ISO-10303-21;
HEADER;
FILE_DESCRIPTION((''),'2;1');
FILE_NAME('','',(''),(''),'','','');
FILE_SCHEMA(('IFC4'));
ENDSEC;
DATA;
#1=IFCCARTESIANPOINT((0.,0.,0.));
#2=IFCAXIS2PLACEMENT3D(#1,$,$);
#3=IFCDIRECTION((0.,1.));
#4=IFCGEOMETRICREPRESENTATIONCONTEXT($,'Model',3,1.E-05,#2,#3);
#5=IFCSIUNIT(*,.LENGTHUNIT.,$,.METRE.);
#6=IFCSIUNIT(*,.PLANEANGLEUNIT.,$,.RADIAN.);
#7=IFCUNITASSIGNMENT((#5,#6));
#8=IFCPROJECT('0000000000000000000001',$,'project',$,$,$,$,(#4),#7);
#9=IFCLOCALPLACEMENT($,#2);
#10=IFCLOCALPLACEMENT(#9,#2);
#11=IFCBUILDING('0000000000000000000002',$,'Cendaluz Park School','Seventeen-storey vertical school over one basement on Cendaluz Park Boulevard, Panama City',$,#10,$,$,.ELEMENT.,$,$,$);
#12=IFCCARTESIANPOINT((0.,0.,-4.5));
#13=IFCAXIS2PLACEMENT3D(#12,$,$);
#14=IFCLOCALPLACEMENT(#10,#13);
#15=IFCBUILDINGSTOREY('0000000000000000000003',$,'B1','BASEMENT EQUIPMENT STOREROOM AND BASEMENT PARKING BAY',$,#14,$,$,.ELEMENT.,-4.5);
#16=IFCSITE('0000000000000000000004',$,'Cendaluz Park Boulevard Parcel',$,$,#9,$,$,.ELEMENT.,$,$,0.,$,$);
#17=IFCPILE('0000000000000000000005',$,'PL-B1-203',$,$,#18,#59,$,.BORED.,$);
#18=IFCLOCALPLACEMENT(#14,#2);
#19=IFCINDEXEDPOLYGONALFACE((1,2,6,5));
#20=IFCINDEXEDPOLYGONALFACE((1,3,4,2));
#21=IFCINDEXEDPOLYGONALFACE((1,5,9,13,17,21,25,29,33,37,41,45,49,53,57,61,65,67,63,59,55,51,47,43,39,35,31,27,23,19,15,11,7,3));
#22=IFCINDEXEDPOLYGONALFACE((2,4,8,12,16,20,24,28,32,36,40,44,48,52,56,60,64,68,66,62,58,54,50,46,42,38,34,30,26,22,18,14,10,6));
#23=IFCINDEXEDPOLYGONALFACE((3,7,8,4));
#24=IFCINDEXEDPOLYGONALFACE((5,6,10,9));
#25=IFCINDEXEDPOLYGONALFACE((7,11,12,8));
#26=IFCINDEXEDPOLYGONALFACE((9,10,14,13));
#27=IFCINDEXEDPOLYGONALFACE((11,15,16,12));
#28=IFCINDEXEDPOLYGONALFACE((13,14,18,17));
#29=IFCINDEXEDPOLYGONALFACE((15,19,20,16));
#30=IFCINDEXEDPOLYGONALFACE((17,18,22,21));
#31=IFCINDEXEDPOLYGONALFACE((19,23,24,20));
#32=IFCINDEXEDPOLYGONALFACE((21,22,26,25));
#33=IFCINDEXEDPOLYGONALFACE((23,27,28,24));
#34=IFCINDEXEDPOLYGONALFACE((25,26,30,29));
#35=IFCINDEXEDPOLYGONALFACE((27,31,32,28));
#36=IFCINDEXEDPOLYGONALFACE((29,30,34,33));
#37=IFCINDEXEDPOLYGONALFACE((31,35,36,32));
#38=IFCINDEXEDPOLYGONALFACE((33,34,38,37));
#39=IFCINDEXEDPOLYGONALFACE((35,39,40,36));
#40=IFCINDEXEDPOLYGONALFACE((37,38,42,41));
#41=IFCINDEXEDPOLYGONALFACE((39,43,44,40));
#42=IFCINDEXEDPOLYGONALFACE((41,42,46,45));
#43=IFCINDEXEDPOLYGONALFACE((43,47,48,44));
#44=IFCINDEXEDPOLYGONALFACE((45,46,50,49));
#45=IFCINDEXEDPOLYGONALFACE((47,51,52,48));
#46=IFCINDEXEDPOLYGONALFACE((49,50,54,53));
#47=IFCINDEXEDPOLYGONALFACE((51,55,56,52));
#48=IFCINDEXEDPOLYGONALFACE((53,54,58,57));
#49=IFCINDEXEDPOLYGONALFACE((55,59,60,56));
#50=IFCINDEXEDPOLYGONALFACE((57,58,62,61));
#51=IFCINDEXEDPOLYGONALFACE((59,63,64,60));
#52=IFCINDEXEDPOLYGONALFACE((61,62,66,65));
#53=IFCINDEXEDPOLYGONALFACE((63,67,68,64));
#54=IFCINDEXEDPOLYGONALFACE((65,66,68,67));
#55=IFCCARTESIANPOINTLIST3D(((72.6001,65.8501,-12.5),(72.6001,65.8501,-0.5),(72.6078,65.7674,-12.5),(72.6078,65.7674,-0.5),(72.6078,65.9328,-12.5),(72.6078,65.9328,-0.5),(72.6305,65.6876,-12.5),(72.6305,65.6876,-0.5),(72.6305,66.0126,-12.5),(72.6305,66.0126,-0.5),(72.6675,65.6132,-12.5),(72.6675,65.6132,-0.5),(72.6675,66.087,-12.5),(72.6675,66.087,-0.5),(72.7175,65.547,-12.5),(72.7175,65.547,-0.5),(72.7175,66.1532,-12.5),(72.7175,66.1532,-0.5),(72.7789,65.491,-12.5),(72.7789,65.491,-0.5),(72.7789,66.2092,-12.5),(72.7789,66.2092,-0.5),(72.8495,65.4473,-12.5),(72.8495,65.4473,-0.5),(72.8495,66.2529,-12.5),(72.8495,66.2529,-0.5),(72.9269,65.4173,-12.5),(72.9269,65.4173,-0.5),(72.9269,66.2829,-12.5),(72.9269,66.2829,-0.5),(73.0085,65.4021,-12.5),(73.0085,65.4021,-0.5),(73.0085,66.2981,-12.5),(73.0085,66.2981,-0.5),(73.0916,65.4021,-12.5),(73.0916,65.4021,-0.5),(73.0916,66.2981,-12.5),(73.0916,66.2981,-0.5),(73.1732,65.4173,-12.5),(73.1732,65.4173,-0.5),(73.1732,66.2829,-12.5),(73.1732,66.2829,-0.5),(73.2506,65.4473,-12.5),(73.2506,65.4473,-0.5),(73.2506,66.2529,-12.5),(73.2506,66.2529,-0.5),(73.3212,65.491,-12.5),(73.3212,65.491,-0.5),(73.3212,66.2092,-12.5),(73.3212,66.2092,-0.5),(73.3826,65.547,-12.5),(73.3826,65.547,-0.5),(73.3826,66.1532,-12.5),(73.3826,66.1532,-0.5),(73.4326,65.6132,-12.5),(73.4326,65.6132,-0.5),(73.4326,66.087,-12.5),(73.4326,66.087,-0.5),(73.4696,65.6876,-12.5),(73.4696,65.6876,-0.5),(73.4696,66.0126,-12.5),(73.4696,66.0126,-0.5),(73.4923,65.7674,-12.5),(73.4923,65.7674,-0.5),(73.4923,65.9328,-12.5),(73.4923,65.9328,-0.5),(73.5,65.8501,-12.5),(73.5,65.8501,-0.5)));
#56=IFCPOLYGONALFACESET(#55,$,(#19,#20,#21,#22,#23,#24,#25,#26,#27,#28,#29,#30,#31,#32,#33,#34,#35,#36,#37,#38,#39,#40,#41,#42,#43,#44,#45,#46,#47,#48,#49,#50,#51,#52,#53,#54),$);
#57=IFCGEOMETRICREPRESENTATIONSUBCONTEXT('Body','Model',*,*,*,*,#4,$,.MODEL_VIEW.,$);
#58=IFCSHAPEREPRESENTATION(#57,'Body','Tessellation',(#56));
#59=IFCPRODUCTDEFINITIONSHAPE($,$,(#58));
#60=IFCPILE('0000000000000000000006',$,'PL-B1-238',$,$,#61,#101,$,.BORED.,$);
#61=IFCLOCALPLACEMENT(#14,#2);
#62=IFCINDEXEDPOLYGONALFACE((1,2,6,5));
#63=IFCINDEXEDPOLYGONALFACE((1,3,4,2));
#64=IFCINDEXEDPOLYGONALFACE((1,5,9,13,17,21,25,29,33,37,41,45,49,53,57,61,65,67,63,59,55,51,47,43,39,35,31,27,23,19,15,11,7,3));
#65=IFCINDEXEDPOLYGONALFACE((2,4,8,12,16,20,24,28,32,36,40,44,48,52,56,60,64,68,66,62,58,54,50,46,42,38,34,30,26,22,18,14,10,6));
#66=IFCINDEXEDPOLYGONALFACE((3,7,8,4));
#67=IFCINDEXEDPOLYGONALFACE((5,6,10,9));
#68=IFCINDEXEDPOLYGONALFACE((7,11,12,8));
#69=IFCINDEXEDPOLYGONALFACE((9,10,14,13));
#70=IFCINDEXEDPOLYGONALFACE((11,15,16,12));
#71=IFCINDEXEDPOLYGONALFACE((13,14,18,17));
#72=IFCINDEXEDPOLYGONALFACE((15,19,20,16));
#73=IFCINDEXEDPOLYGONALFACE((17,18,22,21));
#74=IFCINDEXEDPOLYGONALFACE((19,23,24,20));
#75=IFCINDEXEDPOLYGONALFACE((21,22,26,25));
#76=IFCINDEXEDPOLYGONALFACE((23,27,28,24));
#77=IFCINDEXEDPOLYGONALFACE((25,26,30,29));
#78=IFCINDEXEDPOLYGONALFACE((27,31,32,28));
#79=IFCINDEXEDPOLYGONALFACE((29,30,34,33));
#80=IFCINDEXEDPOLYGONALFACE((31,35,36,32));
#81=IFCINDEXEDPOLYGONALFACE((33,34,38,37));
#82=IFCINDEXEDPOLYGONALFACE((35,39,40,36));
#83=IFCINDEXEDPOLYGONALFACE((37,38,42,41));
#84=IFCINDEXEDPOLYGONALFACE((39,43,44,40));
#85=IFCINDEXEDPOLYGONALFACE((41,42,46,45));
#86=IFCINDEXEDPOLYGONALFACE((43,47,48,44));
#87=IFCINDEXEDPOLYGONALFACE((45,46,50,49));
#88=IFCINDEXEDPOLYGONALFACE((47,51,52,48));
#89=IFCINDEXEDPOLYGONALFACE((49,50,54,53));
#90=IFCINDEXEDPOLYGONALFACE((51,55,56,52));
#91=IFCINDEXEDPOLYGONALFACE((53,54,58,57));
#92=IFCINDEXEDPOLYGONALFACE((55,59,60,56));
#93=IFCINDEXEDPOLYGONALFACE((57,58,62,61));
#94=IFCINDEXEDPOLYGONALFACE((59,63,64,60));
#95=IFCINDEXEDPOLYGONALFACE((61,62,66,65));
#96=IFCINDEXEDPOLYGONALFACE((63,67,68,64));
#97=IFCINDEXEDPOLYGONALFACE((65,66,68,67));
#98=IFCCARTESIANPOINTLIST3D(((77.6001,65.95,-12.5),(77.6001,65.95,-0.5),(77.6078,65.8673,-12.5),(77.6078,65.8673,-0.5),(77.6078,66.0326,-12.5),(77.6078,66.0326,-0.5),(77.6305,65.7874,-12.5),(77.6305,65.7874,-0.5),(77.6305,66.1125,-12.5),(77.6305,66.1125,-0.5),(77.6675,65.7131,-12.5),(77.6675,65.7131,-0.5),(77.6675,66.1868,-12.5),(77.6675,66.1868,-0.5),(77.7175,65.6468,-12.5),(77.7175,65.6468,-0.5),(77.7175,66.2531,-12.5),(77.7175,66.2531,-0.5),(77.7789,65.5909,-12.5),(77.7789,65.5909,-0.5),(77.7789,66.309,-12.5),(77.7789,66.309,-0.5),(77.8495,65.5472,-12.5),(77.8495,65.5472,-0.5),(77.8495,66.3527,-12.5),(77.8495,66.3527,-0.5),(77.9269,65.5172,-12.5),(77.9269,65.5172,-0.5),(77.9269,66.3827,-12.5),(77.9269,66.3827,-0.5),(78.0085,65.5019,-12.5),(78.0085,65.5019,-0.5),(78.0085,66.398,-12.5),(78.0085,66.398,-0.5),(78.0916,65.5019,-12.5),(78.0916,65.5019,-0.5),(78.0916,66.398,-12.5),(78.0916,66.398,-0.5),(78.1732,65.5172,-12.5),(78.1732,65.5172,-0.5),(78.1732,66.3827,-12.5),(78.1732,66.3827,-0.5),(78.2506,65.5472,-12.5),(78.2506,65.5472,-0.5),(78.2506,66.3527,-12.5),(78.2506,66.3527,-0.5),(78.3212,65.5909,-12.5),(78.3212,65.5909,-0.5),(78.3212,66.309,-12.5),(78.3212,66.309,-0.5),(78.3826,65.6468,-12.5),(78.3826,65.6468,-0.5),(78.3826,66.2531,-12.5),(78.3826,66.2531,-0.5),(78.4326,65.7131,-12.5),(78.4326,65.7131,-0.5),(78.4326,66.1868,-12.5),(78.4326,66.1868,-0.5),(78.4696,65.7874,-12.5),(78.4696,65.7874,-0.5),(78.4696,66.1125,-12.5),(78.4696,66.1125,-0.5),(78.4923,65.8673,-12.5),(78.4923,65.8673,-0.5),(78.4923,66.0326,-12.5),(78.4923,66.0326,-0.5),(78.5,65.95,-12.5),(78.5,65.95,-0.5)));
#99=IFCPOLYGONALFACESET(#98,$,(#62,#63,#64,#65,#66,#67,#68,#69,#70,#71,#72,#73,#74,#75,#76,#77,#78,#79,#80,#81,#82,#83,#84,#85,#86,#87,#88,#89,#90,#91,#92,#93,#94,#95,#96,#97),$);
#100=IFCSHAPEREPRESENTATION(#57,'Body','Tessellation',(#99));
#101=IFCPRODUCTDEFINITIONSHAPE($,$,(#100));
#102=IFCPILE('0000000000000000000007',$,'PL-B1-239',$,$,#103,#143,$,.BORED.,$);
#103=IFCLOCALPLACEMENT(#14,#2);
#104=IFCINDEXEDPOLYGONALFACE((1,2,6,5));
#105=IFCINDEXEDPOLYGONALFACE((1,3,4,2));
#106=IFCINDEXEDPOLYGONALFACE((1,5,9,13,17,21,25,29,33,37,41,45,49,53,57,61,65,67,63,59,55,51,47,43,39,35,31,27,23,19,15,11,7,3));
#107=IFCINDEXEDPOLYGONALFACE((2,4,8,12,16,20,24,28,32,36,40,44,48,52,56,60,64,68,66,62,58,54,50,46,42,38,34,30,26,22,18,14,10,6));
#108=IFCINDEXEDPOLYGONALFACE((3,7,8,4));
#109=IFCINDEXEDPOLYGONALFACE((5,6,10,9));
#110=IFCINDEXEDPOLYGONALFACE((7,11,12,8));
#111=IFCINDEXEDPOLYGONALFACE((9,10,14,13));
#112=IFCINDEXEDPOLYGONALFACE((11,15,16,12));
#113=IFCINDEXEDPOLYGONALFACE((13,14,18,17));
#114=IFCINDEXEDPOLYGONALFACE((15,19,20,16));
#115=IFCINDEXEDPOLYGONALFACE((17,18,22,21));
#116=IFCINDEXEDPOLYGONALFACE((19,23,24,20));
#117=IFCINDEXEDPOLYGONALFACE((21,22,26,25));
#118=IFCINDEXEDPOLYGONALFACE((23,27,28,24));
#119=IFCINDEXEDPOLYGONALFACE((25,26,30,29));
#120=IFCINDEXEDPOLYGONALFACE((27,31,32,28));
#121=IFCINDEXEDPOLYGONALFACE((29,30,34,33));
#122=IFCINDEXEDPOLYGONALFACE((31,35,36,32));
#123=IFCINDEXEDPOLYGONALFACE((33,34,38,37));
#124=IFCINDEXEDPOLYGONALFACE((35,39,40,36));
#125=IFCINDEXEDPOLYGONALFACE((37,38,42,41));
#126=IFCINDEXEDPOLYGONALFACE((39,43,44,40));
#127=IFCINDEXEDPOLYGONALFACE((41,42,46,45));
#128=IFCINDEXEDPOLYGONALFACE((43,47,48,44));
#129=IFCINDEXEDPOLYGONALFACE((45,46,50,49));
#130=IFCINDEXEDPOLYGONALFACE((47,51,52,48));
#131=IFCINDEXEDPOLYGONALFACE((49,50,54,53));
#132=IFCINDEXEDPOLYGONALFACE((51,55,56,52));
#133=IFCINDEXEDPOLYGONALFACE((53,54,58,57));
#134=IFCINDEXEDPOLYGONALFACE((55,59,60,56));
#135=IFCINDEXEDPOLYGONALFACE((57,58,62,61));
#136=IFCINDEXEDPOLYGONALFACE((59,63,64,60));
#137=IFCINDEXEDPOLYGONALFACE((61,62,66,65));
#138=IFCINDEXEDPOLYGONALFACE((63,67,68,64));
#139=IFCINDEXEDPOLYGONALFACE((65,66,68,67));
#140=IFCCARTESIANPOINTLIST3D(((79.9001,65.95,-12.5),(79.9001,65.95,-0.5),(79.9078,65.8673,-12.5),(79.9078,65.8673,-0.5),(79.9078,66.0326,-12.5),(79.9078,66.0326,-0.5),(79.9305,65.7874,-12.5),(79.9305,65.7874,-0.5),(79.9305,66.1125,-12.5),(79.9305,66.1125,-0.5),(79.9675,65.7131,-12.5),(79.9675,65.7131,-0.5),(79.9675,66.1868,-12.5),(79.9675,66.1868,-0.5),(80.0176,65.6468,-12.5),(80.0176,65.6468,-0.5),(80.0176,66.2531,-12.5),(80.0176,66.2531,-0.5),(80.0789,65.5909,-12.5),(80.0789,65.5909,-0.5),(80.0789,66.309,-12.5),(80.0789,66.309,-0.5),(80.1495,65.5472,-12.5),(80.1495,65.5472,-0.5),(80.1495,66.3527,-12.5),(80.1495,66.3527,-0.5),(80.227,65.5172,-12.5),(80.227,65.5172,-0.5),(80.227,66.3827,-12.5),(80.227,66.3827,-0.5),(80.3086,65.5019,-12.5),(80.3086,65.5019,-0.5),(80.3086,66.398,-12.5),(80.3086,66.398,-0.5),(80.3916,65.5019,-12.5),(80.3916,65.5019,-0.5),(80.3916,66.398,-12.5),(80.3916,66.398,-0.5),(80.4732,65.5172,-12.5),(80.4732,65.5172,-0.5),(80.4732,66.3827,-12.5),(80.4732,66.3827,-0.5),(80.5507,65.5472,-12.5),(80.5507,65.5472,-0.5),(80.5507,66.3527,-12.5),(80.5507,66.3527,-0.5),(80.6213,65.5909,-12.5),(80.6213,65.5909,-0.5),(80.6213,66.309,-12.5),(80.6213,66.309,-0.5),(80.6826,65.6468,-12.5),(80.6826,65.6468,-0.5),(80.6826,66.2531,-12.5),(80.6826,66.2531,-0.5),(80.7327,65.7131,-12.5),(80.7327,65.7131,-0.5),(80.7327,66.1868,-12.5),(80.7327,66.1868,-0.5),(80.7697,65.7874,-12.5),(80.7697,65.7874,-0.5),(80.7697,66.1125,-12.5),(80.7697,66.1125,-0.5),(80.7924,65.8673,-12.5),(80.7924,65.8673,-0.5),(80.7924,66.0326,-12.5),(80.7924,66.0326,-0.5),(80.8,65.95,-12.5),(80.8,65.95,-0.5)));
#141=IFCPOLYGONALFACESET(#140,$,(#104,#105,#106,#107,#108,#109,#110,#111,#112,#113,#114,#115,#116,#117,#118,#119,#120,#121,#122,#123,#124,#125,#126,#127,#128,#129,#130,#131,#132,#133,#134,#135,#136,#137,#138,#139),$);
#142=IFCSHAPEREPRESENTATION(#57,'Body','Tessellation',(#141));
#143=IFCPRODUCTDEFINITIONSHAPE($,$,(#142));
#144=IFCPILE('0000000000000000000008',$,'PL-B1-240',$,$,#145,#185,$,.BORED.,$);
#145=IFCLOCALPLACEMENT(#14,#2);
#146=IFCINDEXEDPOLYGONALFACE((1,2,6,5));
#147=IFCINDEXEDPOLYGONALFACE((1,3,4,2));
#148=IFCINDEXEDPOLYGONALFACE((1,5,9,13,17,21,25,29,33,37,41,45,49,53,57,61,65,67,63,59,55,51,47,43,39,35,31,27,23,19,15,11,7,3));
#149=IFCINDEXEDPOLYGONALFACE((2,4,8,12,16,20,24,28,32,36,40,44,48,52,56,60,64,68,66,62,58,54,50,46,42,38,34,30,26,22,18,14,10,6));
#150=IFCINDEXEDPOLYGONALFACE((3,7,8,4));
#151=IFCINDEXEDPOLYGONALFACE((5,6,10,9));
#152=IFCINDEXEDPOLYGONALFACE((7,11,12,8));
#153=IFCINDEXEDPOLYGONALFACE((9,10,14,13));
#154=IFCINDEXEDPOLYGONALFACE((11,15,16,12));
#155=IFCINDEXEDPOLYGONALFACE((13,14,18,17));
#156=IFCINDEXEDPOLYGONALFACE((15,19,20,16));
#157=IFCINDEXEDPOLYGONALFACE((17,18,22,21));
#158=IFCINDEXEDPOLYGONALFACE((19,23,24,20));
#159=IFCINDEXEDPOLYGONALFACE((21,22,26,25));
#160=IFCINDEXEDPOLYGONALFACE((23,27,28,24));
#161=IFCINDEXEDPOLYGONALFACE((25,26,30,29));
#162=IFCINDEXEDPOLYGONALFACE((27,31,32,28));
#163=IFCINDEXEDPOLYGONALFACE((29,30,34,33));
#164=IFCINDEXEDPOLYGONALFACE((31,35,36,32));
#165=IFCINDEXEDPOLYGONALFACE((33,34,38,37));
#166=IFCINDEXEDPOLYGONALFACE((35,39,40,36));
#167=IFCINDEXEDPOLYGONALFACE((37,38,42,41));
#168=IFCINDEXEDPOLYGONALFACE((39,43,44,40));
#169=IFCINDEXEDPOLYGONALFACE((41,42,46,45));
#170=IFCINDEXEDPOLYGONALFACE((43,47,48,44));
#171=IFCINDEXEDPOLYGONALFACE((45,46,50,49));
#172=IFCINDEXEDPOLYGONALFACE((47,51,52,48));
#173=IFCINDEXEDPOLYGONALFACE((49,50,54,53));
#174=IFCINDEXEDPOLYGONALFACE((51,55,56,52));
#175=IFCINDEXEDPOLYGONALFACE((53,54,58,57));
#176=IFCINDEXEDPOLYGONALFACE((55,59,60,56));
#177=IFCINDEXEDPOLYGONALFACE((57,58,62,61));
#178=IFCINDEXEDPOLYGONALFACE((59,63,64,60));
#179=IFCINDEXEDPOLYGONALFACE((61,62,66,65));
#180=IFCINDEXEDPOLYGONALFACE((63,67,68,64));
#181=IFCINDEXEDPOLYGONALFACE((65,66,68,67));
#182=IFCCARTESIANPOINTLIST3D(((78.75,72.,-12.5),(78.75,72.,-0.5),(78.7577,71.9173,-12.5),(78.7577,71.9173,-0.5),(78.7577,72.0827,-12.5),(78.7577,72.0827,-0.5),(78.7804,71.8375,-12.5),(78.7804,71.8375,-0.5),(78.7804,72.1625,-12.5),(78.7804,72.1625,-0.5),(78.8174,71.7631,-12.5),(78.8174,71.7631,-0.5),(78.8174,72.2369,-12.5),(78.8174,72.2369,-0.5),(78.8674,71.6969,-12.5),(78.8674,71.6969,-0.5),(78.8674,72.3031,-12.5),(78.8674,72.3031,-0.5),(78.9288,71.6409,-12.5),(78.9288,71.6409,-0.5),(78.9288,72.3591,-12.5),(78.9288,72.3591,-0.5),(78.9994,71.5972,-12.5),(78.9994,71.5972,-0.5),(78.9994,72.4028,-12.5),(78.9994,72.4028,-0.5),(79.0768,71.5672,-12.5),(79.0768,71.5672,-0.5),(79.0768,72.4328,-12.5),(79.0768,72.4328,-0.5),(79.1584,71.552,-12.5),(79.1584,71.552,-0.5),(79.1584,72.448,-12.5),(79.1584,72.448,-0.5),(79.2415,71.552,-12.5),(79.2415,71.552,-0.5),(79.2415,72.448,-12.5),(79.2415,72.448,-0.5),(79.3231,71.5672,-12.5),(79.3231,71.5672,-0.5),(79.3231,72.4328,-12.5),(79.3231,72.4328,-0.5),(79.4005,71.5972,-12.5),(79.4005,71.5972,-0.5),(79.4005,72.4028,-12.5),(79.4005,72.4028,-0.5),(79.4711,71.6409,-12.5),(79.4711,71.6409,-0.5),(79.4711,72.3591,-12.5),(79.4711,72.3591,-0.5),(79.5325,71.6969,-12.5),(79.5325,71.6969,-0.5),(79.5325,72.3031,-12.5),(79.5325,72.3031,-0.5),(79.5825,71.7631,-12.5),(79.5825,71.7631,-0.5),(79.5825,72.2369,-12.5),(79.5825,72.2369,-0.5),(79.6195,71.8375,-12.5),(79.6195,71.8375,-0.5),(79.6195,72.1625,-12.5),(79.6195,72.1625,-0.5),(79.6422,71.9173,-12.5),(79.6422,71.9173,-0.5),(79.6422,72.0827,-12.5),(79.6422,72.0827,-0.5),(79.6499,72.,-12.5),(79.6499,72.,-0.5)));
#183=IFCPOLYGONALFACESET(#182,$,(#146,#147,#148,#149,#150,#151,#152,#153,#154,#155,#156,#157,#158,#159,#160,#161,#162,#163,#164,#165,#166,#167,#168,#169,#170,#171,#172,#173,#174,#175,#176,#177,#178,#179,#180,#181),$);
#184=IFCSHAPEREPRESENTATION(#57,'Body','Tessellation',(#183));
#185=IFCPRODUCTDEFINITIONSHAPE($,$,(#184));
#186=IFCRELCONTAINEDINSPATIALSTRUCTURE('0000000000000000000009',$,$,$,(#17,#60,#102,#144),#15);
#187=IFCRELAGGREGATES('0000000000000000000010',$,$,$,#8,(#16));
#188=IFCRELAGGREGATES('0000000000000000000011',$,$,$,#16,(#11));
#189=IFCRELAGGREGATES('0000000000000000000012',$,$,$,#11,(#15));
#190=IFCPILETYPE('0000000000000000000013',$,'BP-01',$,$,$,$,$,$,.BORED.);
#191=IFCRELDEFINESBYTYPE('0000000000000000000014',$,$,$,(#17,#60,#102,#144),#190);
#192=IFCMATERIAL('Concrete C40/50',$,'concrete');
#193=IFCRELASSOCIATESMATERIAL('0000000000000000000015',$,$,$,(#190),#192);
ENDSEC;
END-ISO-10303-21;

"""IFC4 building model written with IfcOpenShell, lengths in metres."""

from ifc_helpers import new_model, si_unit, direction, frame, origin, origin_2d, place, context, subcontext, project, spatial, circle, extrude, material, material_profile, profile_set, type_object, element, save


model = new_model("IFC4")

# Units and contexts
model_context = context("Model", 3, precision=1e-05, world=origin(), true_north=direction((0.0, 1.0)))
body_context = subcontext(model_context, "Body", "Model", "MODEL_VIEW")
ifc_project = project(units=[si_unit("LENGTHUNIT", "METRE"), si_unit("PLANEANGLEUNIT", "RADIAN")], contexts=[model_context])

# Site, building, storey
site_placement = place(None, origin())
site = spatial("IfcSite", under=ifc_project, at=site_placement, Name="Cendaluz Park Boulevard Parcel", CompositionType="ELEMENT", RefElevation=0.0)
building_placement = place(site_placement, origin())
building = spatial("IfcBuilding", under=site, at=building_placement, Name="Cendaluz Park School", Description="Seventeen-storey vertical school over one basement on Cendaluz Park Boulevard, Panama City", CompositionType="ELEMENT")
storey_placement = place(building_placement, frame((0.0, 0.0, -4.5)))
storey = spatial("IfcBuildingStorey", under=building, at=storey_placement, Name="B1", Description="BASEMENT EQUIPMENT STOREROOM AND BASEMENT PARKING BAY", CompositionType="ELEMENT", Elevation=-4.5)

# Piles
ifc_material_1 = material(Name="Concrete C40/50", Category="concrete")
ifc_material_profile_1 = material_profile(ifc_material_1, circle(Radius=0.45, at=origin_2d()), Name="BP D900", Category="concrete")
ifc_profile_set_1 = profile_set([ifc_material_profile_1], Name="Concrete C40/50")
pile_type_1 = type_object("IfcPileType", Name="BP-01", PredefinedType="BORED", material=ifc_profile_set_1)
for number, where, z_axis, x_axis, name in (
    (1, (73.05, 65.8501, -0.5), (0.0, 0.0, -1.0), (1.0, 0.0, 0.0), "PL-B1-203"),
    (2, (78.05, 65.95, -0.5), (0.0, 0.0, -1.0), (1.0, 0.0, 0.0), "PL-B1-238"),
    (3, (80.3501, 65.95, -0.5), (0.0, 0.0, -1.0), (1.0, 0.0, 0.0), "PL-B1-239"),
    (4, (79.2, 72.0, -0.5), (0.0, 0.0, -1.0), (1.0, 0.0, 0.0), "PL-B1-240"),
):
    element("IfcPile", number, at=place(storey_placement, frame(where, z_axis=z_axis, x_axis=x_axis)), inside=storey, type_object=pile_type_1, Name=name, PredefinedType="BORED", context=body_context, shape_type="SweptSolid", body=[
        extrude(circle(Radius=0.45, at=origin_2d()), origin(), (0.0, 0.0, 1.0), 12.0),
    ])

save(model, "model.ifc")
